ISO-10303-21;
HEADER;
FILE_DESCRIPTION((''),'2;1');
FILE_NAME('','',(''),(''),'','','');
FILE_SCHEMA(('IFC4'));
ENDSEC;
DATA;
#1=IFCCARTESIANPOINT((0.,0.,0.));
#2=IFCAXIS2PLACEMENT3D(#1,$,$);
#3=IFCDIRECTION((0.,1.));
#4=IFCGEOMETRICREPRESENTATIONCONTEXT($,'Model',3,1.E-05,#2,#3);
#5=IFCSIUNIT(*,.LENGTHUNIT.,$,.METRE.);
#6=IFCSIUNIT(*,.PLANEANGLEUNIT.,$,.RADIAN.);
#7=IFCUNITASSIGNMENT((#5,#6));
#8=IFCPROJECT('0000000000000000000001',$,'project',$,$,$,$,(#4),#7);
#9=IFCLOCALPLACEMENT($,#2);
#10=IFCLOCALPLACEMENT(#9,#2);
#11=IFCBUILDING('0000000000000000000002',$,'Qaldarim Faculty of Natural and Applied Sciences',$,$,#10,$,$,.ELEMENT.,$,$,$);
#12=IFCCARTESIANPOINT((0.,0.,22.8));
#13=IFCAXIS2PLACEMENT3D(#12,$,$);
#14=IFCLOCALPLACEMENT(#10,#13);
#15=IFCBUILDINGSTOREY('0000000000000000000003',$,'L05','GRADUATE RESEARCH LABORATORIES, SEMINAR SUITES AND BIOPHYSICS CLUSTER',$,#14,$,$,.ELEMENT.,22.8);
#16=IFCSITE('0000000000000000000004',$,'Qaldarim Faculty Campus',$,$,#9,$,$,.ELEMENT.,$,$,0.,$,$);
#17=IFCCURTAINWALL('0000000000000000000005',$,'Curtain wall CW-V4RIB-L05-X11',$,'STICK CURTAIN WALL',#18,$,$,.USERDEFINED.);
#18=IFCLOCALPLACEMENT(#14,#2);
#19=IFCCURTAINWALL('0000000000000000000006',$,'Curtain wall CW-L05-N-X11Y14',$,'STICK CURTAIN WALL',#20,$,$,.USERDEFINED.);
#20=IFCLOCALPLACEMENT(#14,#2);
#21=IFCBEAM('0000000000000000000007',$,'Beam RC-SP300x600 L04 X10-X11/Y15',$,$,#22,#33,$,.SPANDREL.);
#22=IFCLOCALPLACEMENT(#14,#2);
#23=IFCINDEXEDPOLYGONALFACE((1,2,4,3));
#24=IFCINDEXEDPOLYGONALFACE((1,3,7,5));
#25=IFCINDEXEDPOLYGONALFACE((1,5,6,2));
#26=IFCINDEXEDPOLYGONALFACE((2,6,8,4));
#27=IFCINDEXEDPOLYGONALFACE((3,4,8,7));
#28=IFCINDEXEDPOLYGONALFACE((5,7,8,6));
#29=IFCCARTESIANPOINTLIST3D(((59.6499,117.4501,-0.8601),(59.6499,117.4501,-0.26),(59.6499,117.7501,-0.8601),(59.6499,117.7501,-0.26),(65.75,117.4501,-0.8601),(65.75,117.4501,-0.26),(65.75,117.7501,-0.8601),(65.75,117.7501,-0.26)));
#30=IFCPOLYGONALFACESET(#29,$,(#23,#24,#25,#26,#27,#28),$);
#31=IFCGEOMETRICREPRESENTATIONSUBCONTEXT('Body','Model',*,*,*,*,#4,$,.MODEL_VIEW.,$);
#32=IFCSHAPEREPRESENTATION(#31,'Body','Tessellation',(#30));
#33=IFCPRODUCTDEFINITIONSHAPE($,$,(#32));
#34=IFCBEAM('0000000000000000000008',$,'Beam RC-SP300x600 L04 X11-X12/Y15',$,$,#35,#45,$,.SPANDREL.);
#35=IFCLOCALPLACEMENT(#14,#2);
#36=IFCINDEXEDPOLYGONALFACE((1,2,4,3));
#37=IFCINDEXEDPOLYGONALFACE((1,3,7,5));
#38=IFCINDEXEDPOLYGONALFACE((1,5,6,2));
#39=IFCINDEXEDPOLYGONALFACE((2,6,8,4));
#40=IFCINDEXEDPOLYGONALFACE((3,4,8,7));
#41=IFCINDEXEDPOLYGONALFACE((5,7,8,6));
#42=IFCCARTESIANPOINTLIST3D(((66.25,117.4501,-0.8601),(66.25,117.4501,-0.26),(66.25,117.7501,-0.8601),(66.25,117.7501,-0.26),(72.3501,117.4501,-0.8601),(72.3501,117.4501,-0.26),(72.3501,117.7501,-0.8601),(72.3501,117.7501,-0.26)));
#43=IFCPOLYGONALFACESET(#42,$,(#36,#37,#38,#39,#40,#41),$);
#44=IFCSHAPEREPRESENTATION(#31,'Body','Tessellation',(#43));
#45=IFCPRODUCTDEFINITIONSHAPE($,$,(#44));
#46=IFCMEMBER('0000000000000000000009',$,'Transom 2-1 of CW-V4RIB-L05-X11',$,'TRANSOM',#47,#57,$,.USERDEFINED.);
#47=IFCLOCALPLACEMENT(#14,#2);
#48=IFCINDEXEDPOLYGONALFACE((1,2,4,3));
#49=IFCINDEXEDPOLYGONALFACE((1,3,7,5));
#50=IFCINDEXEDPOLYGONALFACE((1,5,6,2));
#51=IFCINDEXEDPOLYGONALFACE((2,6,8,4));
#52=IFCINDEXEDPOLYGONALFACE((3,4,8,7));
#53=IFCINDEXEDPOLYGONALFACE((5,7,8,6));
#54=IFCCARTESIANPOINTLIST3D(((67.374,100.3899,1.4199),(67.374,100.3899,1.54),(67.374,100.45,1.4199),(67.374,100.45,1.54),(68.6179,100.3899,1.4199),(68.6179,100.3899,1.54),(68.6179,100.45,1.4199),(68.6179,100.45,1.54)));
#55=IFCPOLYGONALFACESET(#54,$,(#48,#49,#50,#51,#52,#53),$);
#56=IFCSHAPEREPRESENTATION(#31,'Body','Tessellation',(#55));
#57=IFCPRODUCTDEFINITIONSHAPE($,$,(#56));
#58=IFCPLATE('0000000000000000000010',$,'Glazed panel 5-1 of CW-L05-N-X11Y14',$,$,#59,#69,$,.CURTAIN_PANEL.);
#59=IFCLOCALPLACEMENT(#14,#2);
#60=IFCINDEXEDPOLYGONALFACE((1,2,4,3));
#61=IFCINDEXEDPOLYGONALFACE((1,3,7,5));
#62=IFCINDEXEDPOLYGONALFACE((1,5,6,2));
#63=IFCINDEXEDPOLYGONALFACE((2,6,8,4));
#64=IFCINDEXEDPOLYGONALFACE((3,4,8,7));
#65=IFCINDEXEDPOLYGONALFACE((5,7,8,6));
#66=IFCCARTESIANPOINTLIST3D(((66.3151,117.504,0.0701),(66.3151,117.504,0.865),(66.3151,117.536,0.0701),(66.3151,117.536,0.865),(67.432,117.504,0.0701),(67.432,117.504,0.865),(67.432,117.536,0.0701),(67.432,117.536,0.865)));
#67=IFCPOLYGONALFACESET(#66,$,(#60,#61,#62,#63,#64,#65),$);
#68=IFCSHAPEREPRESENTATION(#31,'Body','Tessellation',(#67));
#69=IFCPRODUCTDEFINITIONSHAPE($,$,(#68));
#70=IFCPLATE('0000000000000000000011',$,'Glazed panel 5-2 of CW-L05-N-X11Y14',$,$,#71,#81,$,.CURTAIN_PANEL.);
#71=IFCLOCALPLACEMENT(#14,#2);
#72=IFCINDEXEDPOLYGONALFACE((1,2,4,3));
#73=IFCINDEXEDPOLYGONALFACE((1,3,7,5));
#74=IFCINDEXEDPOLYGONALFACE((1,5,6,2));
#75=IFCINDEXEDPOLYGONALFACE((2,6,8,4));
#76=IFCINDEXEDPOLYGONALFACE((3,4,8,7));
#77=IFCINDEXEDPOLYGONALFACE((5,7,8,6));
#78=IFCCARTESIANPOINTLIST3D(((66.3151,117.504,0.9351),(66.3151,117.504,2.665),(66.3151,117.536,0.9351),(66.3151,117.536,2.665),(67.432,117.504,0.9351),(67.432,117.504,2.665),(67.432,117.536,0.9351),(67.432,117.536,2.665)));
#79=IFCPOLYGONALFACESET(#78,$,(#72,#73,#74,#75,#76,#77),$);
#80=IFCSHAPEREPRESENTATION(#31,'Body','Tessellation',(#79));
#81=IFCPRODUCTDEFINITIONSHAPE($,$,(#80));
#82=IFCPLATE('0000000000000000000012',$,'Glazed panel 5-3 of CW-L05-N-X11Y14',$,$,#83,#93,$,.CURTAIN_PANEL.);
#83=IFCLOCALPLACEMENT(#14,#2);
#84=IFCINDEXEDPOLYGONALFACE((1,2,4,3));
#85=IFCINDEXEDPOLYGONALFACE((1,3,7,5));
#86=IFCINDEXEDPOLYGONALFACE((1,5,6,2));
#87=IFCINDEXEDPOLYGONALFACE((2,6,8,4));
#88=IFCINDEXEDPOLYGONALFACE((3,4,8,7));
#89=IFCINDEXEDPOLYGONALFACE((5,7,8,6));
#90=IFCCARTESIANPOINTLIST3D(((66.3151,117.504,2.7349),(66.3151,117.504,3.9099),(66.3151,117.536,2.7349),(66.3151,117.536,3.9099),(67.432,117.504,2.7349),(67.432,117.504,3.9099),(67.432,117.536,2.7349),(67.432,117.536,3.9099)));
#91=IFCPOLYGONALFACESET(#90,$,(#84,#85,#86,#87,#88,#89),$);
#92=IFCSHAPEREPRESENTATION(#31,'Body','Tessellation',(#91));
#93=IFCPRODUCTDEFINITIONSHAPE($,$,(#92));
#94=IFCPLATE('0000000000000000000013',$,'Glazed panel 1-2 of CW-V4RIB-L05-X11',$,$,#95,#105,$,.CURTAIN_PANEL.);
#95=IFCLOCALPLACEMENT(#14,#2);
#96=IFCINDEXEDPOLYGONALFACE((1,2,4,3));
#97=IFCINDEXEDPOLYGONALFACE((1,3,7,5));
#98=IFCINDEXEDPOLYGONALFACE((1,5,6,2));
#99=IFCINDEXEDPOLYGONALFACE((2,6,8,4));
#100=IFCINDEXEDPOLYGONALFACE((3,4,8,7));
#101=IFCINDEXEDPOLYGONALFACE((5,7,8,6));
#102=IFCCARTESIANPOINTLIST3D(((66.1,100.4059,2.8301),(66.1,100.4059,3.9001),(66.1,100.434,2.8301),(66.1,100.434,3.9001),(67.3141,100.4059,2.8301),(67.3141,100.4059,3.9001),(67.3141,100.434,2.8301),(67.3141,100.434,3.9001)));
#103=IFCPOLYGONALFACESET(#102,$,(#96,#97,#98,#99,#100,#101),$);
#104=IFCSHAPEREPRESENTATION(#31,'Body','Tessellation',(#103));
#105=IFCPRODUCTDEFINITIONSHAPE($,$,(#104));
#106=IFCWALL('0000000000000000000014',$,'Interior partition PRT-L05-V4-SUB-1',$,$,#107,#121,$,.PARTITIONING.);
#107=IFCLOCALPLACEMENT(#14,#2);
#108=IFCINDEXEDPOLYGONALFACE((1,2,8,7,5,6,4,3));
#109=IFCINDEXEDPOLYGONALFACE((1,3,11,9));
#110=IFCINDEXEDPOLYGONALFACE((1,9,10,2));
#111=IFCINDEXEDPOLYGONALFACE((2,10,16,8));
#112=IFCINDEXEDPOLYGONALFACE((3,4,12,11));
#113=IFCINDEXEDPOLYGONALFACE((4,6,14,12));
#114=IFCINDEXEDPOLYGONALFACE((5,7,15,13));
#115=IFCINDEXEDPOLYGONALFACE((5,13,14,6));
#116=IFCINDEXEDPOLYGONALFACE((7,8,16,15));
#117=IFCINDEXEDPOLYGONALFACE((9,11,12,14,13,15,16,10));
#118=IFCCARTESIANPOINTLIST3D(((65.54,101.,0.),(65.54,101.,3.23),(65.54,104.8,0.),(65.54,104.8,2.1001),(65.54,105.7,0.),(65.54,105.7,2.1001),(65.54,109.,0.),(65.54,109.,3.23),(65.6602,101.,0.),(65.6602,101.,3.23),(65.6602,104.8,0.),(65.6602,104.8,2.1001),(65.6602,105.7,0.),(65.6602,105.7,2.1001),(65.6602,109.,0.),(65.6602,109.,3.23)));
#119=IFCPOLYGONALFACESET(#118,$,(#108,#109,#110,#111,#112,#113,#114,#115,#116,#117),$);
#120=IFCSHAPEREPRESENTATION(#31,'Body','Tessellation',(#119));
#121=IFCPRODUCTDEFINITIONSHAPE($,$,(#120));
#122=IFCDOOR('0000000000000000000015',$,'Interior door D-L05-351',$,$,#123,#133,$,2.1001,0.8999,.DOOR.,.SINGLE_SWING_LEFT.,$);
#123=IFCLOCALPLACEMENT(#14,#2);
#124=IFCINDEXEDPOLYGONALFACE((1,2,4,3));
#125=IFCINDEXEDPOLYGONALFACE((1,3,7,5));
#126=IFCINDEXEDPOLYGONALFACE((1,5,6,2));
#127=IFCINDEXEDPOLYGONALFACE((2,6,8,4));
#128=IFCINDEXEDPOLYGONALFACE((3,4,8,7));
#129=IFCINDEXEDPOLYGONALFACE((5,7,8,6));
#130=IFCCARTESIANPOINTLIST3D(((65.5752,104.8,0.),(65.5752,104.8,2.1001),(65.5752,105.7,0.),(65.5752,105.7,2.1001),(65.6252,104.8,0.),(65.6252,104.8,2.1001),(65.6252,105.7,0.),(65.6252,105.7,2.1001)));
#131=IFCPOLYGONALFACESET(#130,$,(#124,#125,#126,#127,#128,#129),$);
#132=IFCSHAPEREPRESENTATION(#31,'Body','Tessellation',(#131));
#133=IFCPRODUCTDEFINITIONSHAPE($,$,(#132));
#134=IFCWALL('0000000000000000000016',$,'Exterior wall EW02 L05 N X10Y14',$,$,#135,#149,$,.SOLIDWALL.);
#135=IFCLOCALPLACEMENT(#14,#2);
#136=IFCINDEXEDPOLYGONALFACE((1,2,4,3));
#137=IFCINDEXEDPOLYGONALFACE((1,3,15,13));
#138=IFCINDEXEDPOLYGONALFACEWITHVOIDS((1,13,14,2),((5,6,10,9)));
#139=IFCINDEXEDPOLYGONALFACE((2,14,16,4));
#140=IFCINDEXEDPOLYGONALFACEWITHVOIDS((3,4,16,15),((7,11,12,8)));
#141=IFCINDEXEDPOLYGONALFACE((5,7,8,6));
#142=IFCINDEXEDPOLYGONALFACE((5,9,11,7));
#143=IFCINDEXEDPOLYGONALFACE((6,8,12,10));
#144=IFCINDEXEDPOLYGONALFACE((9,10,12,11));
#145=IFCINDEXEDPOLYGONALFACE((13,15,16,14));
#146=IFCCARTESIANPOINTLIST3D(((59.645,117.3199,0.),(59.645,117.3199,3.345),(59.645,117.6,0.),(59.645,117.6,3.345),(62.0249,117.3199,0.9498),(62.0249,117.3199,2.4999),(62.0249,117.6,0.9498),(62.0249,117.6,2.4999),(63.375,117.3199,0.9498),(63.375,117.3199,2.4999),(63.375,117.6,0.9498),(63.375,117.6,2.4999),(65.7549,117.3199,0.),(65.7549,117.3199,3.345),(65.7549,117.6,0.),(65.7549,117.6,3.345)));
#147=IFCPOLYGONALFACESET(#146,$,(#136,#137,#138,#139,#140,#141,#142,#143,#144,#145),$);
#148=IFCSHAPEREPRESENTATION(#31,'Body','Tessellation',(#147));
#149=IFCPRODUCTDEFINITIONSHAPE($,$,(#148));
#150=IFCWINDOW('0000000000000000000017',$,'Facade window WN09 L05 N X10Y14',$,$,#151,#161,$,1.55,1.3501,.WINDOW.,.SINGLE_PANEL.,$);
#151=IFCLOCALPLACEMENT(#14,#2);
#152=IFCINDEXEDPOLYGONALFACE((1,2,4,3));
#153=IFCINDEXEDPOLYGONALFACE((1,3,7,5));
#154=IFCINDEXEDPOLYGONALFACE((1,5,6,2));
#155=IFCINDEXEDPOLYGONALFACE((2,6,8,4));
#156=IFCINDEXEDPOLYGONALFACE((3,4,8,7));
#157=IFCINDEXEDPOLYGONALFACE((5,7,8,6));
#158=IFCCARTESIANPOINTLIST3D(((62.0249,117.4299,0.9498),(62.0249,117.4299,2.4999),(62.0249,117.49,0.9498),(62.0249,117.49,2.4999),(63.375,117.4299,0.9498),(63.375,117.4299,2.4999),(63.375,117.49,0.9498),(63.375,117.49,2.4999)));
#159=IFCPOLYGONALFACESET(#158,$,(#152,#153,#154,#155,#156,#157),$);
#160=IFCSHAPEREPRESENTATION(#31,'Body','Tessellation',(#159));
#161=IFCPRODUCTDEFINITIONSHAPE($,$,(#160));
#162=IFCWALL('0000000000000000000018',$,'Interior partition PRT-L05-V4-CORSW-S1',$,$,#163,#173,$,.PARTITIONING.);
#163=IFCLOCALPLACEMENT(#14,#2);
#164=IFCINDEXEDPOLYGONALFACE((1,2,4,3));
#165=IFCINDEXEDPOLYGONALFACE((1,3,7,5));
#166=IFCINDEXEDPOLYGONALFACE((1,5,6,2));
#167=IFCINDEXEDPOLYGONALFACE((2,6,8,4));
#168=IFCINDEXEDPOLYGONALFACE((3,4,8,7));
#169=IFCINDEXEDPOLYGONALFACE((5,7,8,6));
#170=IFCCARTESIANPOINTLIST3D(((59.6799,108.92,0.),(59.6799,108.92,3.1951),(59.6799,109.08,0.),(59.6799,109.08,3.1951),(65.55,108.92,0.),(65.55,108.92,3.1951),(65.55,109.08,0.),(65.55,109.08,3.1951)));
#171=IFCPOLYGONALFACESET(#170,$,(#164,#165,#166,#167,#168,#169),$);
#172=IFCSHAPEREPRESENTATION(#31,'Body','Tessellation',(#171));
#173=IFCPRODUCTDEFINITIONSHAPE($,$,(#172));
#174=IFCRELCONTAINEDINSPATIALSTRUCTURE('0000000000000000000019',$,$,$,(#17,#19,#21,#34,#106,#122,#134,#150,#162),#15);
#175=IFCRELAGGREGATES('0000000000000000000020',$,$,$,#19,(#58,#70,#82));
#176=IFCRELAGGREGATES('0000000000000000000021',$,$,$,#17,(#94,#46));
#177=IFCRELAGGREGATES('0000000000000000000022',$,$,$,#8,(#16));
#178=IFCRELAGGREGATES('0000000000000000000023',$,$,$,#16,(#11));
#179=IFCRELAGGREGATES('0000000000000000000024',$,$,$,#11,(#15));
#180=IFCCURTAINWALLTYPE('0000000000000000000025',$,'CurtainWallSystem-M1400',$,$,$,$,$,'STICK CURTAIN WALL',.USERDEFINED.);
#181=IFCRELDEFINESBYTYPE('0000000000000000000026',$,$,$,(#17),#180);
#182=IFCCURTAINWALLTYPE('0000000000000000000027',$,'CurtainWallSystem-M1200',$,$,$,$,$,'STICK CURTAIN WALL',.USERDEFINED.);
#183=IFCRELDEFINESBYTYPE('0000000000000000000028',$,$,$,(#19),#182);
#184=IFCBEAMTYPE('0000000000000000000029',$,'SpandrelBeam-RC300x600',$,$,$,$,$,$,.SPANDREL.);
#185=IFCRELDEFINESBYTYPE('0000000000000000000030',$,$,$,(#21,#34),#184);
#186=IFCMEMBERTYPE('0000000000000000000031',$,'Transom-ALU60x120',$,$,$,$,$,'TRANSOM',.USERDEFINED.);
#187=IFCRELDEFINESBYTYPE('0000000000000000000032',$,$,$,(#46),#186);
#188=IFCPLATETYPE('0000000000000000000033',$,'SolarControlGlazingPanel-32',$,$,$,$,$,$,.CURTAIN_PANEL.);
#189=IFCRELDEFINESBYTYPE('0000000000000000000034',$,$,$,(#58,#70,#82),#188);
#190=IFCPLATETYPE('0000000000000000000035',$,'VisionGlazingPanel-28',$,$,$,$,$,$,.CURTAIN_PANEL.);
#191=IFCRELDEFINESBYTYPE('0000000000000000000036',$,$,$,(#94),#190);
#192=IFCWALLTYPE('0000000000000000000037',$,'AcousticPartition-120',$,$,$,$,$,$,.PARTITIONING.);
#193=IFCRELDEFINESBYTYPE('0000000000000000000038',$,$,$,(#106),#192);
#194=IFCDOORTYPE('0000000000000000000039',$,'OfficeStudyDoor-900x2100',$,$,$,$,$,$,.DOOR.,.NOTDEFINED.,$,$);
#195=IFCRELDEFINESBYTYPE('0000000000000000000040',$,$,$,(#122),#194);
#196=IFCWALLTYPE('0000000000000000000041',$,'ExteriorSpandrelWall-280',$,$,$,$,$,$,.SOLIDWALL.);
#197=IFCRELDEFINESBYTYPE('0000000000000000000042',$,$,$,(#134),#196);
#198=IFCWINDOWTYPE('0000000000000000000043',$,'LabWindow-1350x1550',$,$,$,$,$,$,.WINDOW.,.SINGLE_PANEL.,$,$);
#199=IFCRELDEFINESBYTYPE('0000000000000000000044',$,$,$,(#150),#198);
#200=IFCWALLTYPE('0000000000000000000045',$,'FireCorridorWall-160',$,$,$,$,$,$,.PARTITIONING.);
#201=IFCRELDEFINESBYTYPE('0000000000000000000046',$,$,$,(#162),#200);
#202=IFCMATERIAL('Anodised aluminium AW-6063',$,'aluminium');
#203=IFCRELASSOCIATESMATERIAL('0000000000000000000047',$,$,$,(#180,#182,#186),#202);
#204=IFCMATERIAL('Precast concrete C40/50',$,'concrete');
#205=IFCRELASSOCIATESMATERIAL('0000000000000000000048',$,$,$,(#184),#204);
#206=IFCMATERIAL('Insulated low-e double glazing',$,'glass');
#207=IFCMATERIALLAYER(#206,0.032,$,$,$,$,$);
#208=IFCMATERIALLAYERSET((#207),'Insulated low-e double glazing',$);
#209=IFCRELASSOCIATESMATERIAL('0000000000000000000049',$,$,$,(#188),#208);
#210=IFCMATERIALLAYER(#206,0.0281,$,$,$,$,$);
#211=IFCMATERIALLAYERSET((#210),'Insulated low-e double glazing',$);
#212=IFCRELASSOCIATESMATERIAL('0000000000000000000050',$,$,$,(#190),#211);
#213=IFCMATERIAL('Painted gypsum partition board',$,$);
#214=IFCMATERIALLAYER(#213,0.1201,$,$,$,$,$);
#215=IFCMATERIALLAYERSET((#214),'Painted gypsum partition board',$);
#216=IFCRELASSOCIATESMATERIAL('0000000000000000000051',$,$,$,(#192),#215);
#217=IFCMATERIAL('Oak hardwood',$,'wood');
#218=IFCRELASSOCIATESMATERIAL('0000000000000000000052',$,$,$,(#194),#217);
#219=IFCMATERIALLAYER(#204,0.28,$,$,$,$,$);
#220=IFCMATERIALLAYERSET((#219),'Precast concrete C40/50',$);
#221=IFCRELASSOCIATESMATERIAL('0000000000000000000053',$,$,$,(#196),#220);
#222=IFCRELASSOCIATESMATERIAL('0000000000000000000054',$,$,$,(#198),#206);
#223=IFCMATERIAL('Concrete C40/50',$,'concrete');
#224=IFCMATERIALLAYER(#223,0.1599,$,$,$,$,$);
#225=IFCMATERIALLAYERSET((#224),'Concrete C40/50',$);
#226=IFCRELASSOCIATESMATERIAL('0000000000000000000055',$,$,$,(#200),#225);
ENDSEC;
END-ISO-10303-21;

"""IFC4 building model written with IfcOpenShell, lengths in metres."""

from ifc_helpers import new_model, si_unit, direction, frame, frame_2d, origin, origin_2d, place, context, subcontext, project, spatial, rectangle, extrude, material, layer, layer_set, material_profile, profile_set, type_object, element, fill, aggregate, save


model = new_model("IFC4")

# Units and contexts
model_context = context("Model", 3, precision=1e-05, world=origin(), true_north=direction((0.0, 1.0)))
body_context = subcontext(model_context, "Body", "Model", "MODEL_VIEW")
ifc_project = project(units=[si_unit("LENGTHUNIT", "METRE"), si_unit("PLANEANGLEUNIT", "RADIAN")], contexts=[model_context])

# Site, building, storey
site_placement = place(None, origin())
site = spatial("IfcSite", under=ifc_project, at=site_placement, Name="Qaldarim Faculty Campus", CompositionType="ELEMENT", RefElevation=0.0)
building_placement = place(site_placement, origin())
building = spatial("IfcBuilding", under=site, at=building_placement, Name="Qaldarim Faculty of Natural and Applied Sciences", CompositionType="ELEMENT")
storey_placement = place(building_placement, frame((0.0, 0.0, 22.8)))
storey = spatial("IfcBuildingStorey", under=building, at=storey_placement, Name="L05", Description="GRADUATE RESEARCH LABORATORIES, SEMINAR SUITES AND BIOPHYSICS CLUSTER", CompositionType="ELEMENT", Elevation=22.8)

# Shared definitions
ifc_material_1 = material(Name="Concrete C40/50", Category="concrete")

# Curtain walls
ifc_material_2 = material(Name="Anodised aluminium AW-6063", Category="aluminium")
curtain_wall_type_1 = type_object("IfcCurtainWallType", Name="CurtainWallSystem-M1400", ElementType="STICK CURTAIN WALL", PredefinedType="USERDEFINED", material=ifc_material_2)
curtain_wall_1_placement = place(storey_placement, origin())
curtain_wall_1 = element("IfcCurtainWall", 1, at=curtain_wall_1_placement, inside=storey, type_object=curtain_wall_type_1, Name="Curtain wall CW-V4RIB-L05-X11", ObjectType="STICK CURTAIN WALL", PredefinedType="USERDEFINED")
curtain_wall_type_2 = type_object("IfcCurtainWallType", Name="CurtainWallSystem-M1200", ElementType="STICK CURTAIN WALL", PredefinedType="USERDEFINED", material=ifc_material_2)
curtain_wall_2_placement = place(storey_placement, origin())
curtain_wall_2 = element("IfcCurtainWall", 2, at=curtain_wall_2_placement, inside=storey, type_object=curtain_wall_type_2, Name="Curtain wall CW-L05-N-X11Y14", ObjectType="STICK CURTAIN WALL", PredefinedType="USERDEFINED")

# Beams
ifc_material_3 = material(Name="Precast concrete C40/50", Category="concrete")
ifc_material_profile_1 = material_profile(ifc_material_3, rectangle(XDim=0.3, YDim=0.6001, at=origin_2d()), Name="RC-SP300x600")
ifc_profile_set_1 = profile_set([ifc_material_profile_1], Name="Precast concrete C40/50")
beam_type_1 = type_object("IfcBeamType", Name="SpandrelBeam-RC300x600", PredefinedType="SPANDREL", material=ifc_profile_set_1)
for number, where, z_axis, x_axis, name in (
    (3, (59.6499, 117.6001, -0.5601), (1.0, 0.0, 0.0), (0.0, 1.0, 0.0), "Beam RC-SP300x600 L04 X10-X11/Y15"),
    (4, (66.25, 117.6001, -0.5601), (1.0, 0.0, 0.0), (0.0, 1.0, 0.0), "Beam RC-SP300x600 L04 X11-X12/Y15"),
):
    element("IfcBeam", number, at=place(storey_placement, frame(where, z_axis=z_axis, x_axis=x_axis)), inside=storey, type_object=beam_type_1, Name=name, PredefinedType="SPANDREL", context=body_context, shape_type="SweptSolid", body=[
        extrude(rectangle(XDim=0.3, YDim=0.6001, at=origin_2d()), origin(), (0.0, 0.0, 1.0), 6.1001),
    ])

# Member
ifc_material_profile_2 = material_profile(ifc_material_2, rectangle(XDim=0.0601, YDim=0.1201, at=origin_2d()), Name="ALU-T60x120")
ifc_profile_set_2 = profile_set([ifc_material_profile_2], Name="Anodised aluminium AW-6063")
member_type_1 = type_object("IfcMemberType", Name="Transom-ALU60x120", ElementType="TRANSOM", PredefinedType="USERDEFINED", material=ifc_profile_set_2)
member_1_placement = place(storey_placement, frame((67.374, 100.4199, 1.48), z_axis=(1.0, 0.0, 0.0), x_axis=(0.0, 1.0, 0.0)))
member_1 = element("IfcMember", 5, at=member_1_placement, type_object=member_type_1, Name="Transom 2-1 of CW-V4RIB-L05-X11", ObjectType="TRANSOM", PredefinedType="USERDEFINED", context=body_context, shape_type="SweptSolid", body=[
    extrude(rectangle(XDim=0.0601, YDim=0.1201, at=origin_2d()), origin(), (0.0, 0.0, 1.0), 1.2439),
])

# Plates
ifc_material_4 = material(Name="Insulated low-e double glazing", Category="glass")
ifc_layer_1 = layer(ifc_material_4, 0.032)
ifc_layer_set_1 = layer_set([ifc_layer_1], Name="Insulated low-e double glazing")
plate_type_1 = type_object("IfcPlateType", Name="SolarControlGlazingPanel-32", PredefinedType="CURTAIN_PANEL", material=ifc_layer_set_1)
plate_1_placement = place(storey_placement, frame((66.8735, 117.52, 0.0701), z_axis=(0.0, 0.0, 1.0), x_axis=(-1.0, 0.0, 0.0)))
plate_1 = element("IfcPlate", 6, at=plate_1_placement, type_object=plate_type_1, Name="Glazed panel 5-1 of CW-L05-N-X11Y14", PredefinedType="CURTAIN_PANEL", context=body_context, shape_type="SweptSolid", body=[
    extrude(rectangle(XDim=1.1169, YDim=0.032, at=origin_2d()), origin(), (0.0, 0.0, 1.0), 0.7949),
])
plate_2_placement = place(storey_placement, frame((66.8735, 117.52, 0.9351), z_axis=(0.0, 0.0, 1.0), x_axis=(-1.0, 0.0, 0.0)))
plate_2 = element("IfcPlate", 7, at=plate_2_placement, type_object=plate_type_1, Name="Glazed panel 5-2 of CW-L05-N-X11Y14", PredefinedType="CURTAIN_PANEL", context=body_context, shape_type="SweptSolid", body=[
    extrude(rectangle(XDim=1.1169, YDim=0.032, at=origin_2d()), origin(), (0.0, 0.0, 1.0), 1.73),
])
plate_3_placement = place(storey_placement, frame((66.8735, 117.52, 2.7349), z_axis=(0.0, 0.0, 1.0), x_axis=(-1.0, 0.0, 0.0)))
plate_3 = element("IfcPlate", 8, at=plate_3_placement, type_object=plate_type_1, Name="Glazed panel 5-3 of CW-L05-N-X11Y14", PredefinedType="CURTAIN_PANEL", context=body_context, shape_type="SweptSolid", body=[
    extrude(rectangle(XDim=1.1169, YDim=0.032, at=origin_2d()), origin(), (0.0, 0.0, 1.0), 1.175),
])
aggregate(curtain_wall_2, [plate_1, plate_2, plate_3])
ifc_layer_2 = layer(ifc_material_4, 0.0281)
ifc_layer_set_2 = layer_set([ifc_layer_2], Name="Insulated low-e double glazing")
plate_type_2 = type_object("IfcPlateType", Name="VisionGlazingPanel-28", PredefinedType="CURTAIN_PANEL", material=ifc_layer_set_2)
plate_4_placement = place(storey_placement, frame((66.707, 100.4199, 2.8301), z_axis=(0.0, 0.0, 1.0), x_axis=(1.0, 0.0, 0.0)))
plate_4 = element("IfcPlate", 9, at=plate_4_placement, type_object=plate_type_2, Name="Glazed panel 1-2 of CW-V4RIB-L05-X11", PredefinedType="CURTAIN_PANEL", context=body_context, shape_type="SweptSolid", body=[
    extrude(rectangle(XDim=1.2141, YDim=0.0281, at=origin_2d()), origin(), (0.0, 0.0, 1.0), 1.0701),
])
aggregate(curtain_wall_1, [plate_4, member_1])

# Wall, opening, door
ifc_material_5 = material(Name="Painted gypsum partition board")
ifc_layer_3 = layer(ifc_material_5, 0.1201)
ifc_layer_set_3 = layer_set([ifc_layer_3], Name="Painted gypsum partition board")
wall_type_1 = type_object("IfcWallType", Name="AcousticPartition-120", PredefinedType="PARTITIONING", material=ifc_layer_set_3)
wall_1_placement = place(storey_placement, frame((65.6001, 101.0, 0.0), z_axis=(0.0, 0.0, 1.0), x_axis=(0.0, 1.0, 0.0)))
wall_1 = element("IfcWall", 10, at=wall_1_placement, inside=storey, type_object=wall_type_1, Name="Interior partition PRT-L05-V4-SUB-1", PredefinedType="PARTITIONING", context=body_context, shape_type="SweptSolid", body=[
    extrude(rectangle(XDim=8.0, YDim=0.1201, at=frame_2d((4.0, 0.0))), origin(), (0.0, 0.0, 1.0), 3.23),
])
opening_1_placement = place(wall_1_placement, frame((3.8, 0.0, 0.0)))
opening_1 = element("IfcOpeningElement", 11, at=opening_1_placement, cuts=wall_1, PredefinedType="OPENING", context=body_context, shape_type="SweptSolid", body=[
    extrude(rectangle(XDim=0.8999, YDim=2.1001, at=frame_2d((0.45, 1.05))), frame((0.0, 0.0701, 0.0), z_axis=(0.0, -1.0, 0.0), x_axis=(1.0, 0.0, 0.0)), (0.0, 0.0, 1.0), 0.1401),
])
ifc_material_6 = material(Name="Oak hardwood", Category="wood")
door_type_1 = type_object("IfcDoorType", Name="OfficeStudyDoor-900x2100", OperationType="NOTDEFINED", PredefinedType="DOOR", material=ifc_material_6)
door_1_placement = place(opening_1_placement, origin())
door_1 = element("IfcDoor", 12, at=door_1_placement, inside=storey, type_object=door_type_1, Name="Interior door D-L05-351", OperationType="SINGLE_SWING_LEFT", OverallHeight=2.1001, OverallWidth=0.8999, PredefinedType="DOOR", context=body_context, shape_type="SweptSolid", body=[
    extrude(rectangle(XDim=0.8999, YDim=2.1001, at=frame_2d((0.45, 1.05))), frame((0.0, 0.0249, 0.0), z_axis=(0.0, -1.0, 0.0), x_axis=(1.0, 0.0, 0.0)), (0.0, 0.0, 1.0), 0.05),
])
fill(opening_1, door_1)

# Wall, opening, window
ifc_layer_4 = layer(ifc_material_3, 0.28)
ifc_layer_set_4 = layer_set([ifc_layer_4], Name="Precast concrete C40/50")
wall_type_2 = type_object("IfcWallType", Name="ExteriorSpandrelWall-280", PredefinedType="SOLIDWALL", material=ifc_layer_set_4)
wall_2_placement = place(storey_placement, frame((65.7549, 117.46, 0.0), z_axis=(0.0, 0.0, 1.0), x_axis=(-1.0, 0.0, 0.0)))
wall_2 = element("IfcWall", 13, at=wall_2_placement, inside=storey, type_object=wall_type_2, Name="Exterior wall EW02 L05 N X10Y14", PredefinedType="SOLIDWALL", context=body_context, shape_type="SweptSolid", body=[
    extrude(rectangle(XDim=6.1099, YDim=0.28, at=frame_2d((3.0549, 0.0))), origin(), (0.0, 0.0, 1.0), 3.345),
])
opening_2_placement = place(wall_2_placement, frame((2.3799, 0.0, 0.95)))
opening_2 = element("IfcOpeningElement", 14, at=opening_2_placement, cuts=wall_2, PredefinedType="OPENING", context=body_context, shape_type="SweptSolid", body=[
    extrude(rectangle(XDim=1.3501, YDim=1.55, at=frame_2d((0.675, 0.7749))), frame((0.0, 0.1499, 0.0), z_axis=(0.0, -1.0, 0.0), x_axis=(1.0, 0.0, 0.0)), (0.0, 0.0, 1.0), 0.3),
])
window_type = type_object("IfcWindowType", Name="LabWindow-1350x1550", PartitioningType="SINGLE_PANEL", PredefinedType="WINDOW", material=ifc_material_4)
window_placement = place(opening_2_placement, origin())
window = element("IfcWindow", 15, at=window_placement, inside=storey, type_object=window_type, Name="Facade window WN09 L05 N X10Y14", OverallHeight=1.55, OverallWidth=1.3501, PartitioningType="SINGLE_PANEL", PredefinedType="WINDOW", context=body_context, shape_type="SweptSolid", body=[
    extrude(rectangle(XDim=1.3501, YDim=1.55, at=frame_2d((0.675, 0.7749))), frame((0.0, 0.03, 0.0), z_axis=(0.0, -1.0, 0.0), x_axis=(1.0, 0.0, 0.0)), (0.0, 0.0, 1.0), 0.0601),
])
fill(opening_2, window)

# Wall
ifc_layer_5 = layer(ifc_material_1, 0.1599)
ifc_layer_set_5 = layer_set([ifc_layer_5], Name="Concrete C40/50")
wall_type_3 = type_object("IfcWallType", Name="FireCorridorWall-160", PredefinedType="PARTITIONING", material=ifc_layer_set_5)
wall_3_placement = place(storey_placement, frame((59.6799, 109.0, 0.0), z_axis=(0.0, 0.0, 1.0), x_axis=(1.0, 0.0, 0.0)))
element("IfcWall", 16, at=wall_3_placement, inside=storey, type_object=wall_type_3, Name="Interior partition PRT-L05-V4-CORSW-S1", PredefinedType="PARTITIONING", context=body_context, shape_type="SweptSolid", body=[
    extrude(rectangle(XDim=5.8701, YDim=0.1599, at=frame_2d((2.9351, 0.0))), origin(), (0.0, 0.0, 1.0), 3.1951),
])

save(model, "model.ifc")
